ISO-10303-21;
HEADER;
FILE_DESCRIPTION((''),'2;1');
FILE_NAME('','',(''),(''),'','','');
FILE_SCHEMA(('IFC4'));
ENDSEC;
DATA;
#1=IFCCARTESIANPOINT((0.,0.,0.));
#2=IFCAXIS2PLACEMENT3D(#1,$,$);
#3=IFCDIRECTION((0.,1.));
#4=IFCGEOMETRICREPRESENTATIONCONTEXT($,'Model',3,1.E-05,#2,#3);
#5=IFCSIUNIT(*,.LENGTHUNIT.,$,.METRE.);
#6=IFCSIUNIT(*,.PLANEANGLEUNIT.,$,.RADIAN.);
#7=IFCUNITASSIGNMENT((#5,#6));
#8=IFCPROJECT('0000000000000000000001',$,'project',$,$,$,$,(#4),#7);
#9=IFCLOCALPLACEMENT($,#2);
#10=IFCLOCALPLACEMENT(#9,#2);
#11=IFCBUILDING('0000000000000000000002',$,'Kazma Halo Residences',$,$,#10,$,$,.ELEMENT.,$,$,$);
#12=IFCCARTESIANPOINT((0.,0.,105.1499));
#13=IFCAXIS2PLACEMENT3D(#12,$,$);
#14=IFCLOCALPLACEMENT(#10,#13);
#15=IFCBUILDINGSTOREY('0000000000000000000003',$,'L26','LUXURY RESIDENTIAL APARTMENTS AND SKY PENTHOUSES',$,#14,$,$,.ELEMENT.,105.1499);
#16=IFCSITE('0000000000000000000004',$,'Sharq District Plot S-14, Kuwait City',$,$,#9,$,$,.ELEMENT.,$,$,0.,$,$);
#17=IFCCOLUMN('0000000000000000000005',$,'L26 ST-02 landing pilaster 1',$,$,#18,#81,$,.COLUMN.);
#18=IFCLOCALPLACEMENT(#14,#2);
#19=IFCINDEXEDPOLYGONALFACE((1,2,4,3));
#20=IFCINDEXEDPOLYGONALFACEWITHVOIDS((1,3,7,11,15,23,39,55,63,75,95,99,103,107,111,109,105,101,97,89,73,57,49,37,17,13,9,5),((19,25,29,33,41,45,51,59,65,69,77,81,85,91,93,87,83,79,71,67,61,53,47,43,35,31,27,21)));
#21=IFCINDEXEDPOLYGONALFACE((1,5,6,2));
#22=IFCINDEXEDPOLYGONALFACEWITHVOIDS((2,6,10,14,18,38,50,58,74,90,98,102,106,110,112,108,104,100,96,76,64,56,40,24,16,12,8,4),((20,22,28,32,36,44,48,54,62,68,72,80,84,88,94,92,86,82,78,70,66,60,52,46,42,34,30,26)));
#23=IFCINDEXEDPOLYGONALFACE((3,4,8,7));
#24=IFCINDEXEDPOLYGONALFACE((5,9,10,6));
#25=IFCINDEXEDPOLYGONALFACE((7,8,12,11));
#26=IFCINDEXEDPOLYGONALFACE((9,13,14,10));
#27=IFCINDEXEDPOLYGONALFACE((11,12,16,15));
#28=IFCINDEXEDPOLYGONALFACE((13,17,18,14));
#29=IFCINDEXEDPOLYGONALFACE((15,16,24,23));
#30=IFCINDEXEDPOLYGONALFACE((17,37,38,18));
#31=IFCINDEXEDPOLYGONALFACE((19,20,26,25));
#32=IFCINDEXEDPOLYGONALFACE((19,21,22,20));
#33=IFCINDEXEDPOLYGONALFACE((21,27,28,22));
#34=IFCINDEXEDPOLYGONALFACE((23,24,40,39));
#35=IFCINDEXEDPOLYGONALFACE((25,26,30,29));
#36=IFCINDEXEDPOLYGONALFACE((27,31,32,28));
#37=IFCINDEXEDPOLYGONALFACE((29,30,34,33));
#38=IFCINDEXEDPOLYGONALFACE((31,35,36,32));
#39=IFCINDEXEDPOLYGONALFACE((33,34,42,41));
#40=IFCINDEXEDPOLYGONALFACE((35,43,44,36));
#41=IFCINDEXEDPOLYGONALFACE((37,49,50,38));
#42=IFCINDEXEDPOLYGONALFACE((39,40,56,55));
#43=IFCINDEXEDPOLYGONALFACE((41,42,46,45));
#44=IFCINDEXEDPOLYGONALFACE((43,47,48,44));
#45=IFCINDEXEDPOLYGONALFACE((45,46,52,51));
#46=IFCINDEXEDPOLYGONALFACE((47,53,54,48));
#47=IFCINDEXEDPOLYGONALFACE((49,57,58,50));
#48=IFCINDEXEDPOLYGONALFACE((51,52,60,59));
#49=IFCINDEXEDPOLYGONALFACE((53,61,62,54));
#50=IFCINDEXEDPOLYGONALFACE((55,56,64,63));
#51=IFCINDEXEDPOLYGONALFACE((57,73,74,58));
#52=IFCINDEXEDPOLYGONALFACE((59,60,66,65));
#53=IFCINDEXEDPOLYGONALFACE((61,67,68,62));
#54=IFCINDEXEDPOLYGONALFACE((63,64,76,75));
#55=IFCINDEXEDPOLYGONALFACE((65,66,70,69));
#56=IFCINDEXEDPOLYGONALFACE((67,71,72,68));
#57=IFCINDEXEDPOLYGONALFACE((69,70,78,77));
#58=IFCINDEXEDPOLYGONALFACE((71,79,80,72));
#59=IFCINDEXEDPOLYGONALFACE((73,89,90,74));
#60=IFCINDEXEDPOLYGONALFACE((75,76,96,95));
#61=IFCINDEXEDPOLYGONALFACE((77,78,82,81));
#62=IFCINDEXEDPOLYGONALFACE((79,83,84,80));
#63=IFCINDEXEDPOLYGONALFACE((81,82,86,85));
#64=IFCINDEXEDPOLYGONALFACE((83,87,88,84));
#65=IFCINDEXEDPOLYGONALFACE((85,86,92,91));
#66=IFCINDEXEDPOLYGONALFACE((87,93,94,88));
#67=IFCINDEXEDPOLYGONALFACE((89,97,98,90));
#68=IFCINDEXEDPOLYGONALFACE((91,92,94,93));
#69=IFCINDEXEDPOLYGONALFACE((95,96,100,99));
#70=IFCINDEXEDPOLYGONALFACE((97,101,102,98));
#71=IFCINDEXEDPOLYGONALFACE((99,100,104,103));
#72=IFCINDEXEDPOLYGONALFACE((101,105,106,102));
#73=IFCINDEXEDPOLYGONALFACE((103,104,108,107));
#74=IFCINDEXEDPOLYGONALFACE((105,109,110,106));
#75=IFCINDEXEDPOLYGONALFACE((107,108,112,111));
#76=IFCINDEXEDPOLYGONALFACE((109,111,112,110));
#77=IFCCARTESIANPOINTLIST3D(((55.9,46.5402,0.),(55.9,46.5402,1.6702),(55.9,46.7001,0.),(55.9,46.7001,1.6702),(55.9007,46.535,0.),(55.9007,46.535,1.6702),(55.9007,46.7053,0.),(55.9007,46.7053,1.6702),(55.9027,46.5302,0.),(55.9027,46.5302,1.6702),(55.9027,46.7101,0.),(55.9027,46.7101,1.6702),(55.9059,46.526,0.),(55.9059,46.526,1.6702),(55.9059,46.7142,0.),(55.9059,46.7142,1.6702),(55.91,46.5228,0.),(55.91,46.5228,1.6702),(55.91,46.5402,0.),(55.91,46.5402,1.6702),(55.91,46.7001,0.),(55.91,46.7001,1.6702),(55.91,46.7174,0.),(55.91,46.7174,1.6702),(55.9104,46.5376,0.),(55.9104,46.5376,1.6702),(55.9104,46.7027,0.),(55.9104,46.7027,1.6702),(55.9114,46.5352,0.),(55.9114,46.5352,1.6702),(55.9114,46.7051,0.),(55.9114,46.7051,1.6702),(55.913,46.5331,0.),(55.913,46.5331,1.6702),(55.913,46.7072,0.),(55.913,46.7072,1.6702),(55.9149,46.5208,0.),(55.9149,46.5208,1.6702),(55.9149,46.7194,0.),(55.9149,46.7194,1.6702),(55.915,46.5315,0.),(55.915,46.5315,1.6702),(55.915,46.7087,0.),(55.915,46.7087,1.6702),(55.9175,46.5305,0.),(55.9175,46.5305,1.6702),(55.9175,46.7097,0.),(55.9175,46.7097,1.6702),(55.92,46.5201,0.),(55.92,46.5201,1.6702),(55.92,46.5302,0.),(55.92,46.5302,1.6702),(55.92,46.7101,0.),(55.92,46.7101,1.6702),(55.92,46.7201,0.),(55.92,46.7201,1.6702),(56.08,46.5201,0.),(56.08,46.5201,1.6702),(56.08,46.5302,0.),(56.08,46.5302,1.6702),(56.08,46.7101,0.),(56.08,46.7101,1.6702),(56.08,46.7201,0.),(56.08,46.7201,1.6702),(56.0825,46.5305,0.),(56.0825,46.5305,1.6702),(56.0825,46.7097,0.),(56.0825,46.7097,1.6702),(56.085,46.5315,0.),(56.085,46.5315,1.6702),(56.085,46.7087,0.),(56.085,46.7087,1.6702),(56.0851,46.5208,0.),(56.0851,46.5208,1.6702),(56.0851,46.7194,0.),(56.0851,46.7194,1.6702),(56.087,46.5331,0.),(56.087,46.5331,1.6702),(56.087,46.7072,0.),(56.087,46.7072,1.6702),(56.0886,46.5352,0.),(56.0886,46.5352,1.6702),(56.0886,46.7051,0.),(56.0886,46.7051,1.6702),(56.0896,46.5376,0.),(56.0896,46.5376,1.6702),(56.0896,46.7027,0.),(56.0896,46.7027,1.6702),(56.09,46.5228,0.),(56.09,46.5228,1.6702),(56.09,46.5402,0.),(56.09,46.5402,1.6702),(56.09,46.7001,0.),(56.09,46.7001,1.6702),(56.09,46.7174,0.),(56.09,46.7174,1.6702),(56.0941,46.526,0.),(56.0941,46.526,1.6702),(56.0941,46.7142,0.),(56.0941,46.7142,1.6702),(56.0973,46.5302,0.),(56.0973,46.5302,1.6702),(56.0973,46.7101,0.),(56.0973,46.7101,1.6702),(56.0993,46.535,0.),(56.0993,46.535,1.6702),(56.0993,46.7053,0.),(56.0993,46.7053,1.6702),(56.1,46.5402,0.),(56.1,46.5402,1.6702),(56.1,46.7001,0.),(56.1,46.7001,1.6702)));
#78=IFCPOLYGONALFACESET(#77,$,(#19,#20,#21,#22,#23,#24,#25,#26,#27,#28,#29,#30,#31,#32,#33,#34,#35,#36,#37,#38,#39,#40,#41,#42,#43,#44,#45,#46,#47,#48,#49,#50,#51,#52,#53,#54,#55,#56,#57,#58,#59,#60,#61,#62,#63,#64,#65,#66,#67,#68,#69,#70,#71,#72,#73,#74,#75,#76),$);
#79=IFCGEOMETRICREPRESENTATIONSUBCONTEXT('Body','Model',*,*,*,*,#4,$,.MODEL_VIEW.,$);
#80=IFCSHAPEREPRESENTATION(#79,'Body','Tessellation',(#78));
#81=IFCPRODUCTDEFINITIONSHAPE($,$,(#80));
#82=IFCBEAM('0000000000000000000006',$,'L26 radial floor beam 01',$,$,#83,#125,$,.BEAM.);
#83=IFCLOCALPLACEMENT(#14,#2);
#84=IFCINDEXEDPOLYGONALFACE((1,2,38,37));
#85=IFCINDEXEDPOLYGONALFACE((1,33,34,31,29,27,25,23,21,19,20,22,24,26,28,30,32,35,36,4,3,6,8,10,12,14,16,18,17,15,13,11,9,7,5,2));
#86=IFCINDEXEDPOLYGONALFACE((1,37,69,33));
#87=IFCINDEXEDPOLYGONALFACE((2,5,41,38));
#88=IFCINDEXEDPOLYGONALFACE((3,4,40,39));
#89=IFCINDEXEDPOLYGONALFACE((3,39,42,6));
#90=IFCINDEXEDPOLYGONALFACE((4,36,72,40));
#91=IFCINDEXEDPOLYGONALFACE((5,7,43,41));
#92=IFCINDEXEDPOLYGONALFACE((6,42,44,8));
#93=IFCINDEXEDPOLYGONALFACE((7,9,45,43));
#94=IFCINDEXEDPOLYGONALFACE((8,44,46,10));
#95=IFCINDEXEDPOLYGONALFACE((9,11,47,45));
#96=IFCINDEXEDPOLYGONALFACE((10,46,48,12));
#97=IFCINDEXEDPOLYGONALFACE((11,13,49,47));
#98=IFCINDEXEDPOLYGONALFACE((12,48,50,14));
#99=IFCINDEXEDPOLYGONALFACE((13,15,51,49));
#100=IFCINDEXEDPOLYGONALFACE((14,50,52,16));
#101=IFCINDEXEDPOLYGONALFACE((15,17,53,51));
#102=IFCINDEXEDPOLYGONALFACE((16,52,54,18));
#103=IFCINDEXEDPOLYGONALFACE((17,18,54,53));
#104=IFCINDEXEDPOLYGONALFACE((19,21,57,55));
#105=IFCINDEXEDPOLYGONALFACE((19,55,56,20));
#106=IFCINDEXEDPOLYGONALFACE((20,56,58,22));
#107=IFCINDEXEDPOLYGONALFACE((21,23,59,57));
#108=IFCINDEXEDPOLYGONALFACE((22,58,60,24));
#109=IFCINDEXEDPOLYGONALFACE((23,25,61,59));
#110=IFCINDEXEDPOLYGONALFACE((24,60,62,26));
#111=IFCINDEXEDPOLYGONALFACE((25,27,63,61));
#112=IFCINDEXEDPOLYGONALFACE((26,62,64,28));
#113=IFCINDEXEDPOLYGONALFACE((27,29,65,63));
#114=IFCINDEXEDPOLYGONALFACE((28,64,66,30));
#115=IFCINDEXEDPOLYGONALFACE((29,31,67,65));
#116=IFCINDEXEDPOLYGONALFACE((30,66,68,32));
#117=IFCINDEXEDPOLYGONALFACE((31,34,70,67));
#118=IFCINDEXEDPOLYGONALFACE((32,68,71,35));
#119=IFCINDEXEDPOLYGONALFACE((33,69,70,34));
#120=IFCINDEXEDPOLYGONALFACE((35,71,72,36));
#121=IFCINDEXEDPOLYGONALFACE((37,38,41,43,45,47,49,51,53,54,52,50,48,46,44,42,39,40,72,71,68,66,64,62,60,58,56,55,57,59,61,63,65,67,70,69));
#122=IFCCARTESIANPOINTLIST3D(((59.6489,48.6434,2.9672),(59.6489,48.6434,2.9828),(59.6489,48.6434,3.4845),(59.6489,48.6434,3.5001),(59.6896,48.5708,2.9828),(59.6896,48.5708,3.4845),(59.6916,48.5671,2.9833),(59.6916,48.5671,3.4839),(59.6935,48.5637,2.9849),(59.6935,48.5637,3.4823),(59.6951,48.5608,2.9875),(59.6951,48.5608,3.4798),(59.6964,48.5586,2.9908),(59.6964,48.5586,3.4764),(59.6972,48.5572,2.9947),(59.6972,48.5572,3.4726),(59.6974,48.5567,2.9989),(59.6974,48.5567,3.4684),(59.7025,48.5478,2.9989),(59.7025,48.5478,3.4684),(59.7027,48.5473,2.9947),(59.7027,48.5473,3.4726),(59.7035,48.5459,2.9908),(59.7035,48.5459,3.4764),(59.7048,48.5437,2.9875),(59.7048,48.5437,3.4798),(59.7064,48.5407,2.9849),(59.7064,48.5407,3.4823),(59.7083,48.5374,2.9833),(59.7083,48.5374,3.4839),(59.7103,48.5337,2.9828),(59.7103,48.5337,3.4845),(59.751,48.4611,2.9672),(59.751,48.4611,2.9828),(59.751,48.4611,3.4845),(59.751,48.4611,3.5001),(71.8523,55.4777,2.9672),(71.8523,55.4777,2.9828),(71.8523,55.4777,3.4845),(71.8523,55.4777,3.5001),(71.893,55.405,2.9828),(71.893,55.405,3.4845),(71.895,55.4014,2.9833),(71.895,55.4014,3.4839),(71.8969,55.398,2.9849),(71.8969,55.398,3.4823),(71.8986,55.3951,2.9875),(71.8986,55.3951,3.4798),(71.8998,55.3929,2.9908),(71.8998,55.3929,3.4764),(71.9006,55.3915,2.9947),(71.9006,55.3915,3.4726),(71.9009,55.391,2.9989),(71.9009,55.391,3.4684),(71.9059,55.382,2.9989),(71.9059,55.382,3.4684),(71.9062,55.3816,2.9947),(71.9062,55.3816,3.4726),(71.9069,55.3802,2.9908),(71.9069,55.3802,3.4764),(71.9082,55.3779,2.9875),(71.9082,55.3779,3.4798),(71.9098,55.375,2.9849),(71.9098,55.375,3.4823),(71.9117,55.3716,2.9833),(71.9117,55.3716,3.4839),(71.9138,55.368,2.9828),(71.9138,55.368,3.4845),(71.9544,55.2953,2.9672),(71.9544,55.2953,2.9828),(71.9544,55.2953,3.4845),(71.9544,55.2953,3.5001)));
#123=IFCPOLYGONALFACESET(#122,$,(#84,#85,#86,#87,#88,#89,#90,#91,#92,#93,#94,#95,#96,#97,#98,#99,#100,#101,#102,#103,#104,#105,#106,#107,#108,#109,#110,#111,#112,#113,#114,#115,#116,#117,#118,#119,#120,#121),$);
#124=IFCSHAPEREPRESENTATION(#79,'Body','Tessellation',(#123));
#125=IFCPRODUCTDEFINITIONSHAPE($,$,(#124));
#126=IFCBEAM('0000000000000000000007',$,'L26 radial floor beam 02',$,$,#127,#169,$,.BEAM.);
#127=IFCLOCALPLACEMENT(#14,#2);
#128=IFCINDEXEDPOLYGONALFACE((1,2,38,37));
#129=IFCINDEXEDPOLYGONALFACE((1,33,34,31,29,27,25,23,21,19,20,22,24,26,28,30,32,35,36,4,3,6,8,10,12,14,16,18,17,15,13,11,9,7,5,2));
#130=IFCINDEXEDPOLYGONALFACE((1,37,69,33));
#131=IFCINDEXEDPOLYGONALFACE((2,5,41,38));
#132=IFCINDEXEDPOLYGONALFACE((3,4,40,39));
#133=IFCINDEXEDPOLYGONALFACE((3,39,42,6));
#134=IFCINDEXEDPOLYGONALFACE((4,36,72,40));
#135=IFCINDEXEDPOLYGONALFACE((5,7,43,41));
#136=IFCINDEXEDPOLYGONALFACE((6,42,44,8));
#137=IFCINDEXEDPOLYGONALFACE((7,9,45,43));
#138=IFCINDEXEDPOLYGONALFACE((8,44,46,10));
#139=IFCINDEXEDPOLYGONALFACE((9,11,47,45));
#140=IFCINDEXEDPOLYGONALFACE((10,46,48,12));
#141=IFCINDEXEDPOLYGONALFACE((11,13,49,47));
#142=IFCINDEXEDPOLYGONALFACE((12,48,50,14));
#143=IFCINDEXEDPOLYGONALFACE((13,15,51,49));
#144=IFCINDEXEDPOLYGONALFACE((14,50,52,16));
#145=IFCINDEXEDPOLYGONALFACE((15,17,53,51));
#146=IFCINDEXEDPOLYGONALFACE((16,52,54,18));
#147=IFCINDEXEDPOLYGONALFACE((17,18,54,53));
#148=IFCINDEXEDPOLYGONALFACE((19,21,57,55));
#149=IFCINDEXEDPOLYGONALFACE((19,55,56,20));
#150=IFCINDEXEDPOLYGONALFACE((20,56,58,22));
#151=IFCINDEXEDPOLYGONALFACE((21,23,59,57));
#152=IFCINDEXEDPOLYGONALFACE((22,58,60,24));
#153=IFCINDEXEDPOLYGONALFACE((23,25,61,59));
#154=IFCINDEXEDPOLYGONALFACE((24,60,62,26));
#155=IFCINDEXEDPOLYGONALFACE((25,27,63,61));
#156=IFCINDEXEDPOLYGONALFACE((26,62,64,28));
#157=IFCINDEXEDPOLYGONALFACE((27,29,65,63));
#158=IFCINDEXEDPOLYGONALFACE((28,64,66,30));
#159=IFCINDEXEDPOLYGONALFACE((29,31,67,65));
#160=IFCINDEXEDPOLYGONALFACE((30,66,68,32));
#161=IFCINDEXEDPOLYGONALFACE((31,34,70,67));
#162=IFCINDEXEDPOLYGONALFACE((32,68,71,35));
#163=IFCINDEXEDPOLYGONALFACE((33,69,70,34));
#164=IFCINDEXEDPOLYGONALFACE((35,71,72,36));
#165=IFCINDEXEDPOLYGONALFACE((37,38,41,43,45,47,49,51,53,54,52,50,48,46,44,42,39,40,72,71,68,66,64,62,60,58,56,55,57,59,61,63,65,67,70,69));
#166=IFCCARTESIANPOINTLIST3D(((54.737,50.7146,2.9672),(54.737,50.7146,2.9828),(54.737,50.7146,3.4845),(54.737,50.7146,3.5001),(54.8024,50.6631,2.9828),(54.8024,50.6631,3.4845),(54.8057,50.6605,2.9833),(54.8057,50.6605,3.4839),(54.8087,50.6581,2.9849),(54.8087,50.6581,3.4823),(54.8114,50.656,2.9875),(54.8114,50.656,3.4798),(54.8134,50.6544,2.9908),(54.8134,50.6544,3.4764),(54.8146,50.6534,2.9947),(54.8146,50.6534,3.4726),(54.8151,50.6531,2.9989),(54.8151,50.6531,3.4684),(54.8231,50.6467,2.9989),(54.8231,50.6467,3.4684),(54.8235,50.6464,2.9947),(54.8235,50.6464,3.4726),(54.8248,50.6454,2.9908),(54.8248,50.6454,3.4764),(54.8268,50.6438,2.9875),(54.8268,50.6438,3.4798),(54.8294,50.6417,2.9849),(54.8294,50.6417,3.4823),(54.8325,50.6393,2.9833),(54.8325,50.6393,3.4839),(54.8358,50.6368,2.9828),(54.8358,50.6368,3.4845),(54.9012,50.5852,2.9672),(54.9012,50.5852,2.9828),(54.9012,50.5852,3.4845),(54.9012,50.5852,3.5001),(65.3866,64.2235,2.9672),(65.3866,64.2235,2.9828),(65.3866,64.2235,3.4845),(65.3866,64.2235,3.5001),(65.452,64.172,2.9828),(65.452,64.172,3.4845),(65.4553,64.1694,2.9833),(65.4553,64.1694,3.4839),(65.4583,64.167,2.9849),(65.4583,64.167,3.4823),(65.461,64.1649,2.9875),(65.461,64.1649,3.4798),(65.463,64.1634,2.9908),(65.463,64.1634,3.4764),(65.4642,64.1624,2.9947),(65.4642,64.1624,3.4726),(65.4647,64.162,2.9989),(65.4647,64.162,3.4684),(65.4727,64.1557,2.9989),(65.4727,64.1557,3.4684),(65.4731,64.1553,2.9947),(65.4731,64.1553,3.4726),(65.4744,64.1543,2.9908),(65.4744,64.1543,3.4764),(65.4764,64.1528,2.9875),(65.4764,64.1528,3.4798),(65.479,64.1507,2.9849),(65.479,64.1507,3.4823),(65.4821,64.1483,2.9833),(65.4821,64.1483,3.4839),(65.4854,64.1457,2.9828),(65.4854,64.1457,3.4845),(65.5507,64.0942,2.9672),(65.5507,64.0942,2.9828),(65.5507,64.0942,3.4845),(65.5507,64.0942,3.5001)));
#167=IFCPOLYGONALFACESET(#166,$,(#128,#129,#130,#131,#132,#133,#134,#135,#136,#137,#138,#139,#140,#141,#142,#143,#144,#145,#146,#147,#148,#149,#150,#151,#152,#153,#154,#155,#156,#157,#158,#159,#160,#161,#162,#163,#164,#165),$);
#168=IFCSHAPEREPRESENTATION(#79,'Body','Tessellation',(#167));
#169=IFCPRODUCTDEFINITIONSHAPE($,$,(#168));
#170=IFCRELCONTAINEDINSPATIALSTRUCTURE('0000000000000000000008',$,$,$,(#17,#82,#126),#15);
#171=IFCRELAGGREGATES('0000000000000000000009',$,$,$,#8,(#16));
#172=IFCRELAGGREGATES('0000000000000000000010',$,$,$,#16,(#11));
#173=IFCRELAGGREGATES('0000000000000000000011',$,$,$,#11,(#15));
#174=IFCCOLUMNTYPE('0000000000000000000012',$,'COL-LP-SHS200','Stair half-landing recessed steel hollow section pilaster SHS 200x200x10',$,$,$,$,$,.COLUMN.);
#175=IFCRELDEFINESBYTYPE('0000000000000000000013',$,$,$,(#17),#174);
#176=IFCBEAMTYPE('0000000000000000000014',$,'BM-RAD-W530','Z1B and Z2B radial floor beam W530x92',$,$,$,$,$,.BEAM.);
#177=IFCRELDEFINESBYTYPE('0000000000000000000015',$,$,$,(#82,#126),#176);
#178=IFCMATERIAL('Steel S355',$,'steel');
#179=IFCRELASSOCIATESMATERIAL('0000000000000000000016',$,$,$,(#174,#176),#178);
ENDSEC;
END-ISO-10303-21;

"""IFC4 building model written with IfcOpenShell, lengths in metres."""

from ifc_helpers import new_model, si_unit, direction, frame, origin, origin_2d, place, context, subcontext, project, spatial, hollow_rectangle, i_section, extrude, material, material_profile, profile_set, type_object, element, save


model = new_model("IFC4")

# Units and contexts
model_context = context("Model", 3, precision=1e-05, world=origin(), true_north=direction((0.0, 1.0)))
body_context = subcontext(model_context, "Body", "Model", "MODEL_VIEW")
ifc_project = project(units=[si_unit("LENGTHUNIT", "METRE"), si_unit("PLANEANGLEUNIT", "RADIAN")], contexts=[model_context])

# Site, building, storey
site_placement = place(None, origin())
site = spatial("IfcSite", under=ifc_project, at=site_placement, Name="Sharq District Plot S-14, Kuwait City", CompositionType="ELEMENT", RefElevation=0.0)
building_placement = place(site_placement, origin())
building = spatial("IfcBuilding", under=site, at=building_placement, Name="Kazma Halo Residences", CompositionType="ELEMENT")
storey_placement = place(building_placement, frame((0.0, 0.0, 105.1499)))
storey = spatial("IfcBuildingStorey", under=building, at=storey_placement, Name="L26", Description="LUXURY RESIDENTIAL APARTMENTS AND SKY PENTHOUSES", CompositionType="ELEMENT", Elevation=105.1499)

# Column
ifc_material_1 = material(Name="Steel S355", Category="steel")
ifc_material_profile_1 = material_profile(ifc_material_1, hollow_rectangle(XDim=0.2, YDim=0.2, WallThickness=0.01, InnerFilletRadius=0.01, OuterFilletRadius=0.02, at=origin_2d()), Name="SHS200x200x10")
ifc_profile_set_1 = profile_set([ifc_material_profile_1], Name="Steel S355")
column_type = type_object("IfcColumnType", Name="COL-LP-SHS200", Description="Stair half-landing recessed steel hollow section pilaster SHS 200x200x10", PredefinedType="COLUMN", material=ifc_profile_set_1)
column_placement = place(storey_placement, frame((56.0, 46.6201, 0.0), z_axis=(0.0, 0.0, 1.0), x_axis=(1.0, 0.0, 0.0)))
element("IfcColumn", 1, at=column_placement, inside=storey, type_object=column_type, Name="L26 ST-02 landing pilaster 1", PredefinedType="COLUMN", context=body_context, shape_type="SweptSolid", body=[
    extrude(hollow_rectangle(XDim=0.2, YDim=0.2, WallThickness=0.01, InnerFilletRadius=0.01, OuterFilletRadius=0.02, at=origin_2d()), origin(), (0.0, 0.0, 1.0), 1.6702),
])

# Beams
ifc_material_profile_2 = material_profile(ifc_material_1, i_section(OverallWidth=0.209, OverallDepth=0.533, WebThickness=0.0103, FlangeThickness=0.0156, FilletRadius=0.0161, at=origin_2d()), Name="W530x92")
ifc_profile_set_2 = profile_set([ifc_material_profile_2], Name="Steel S355")
beam_type_1 = type_object("IfcBeamType", Name="BM-RAD-W530", Description="Z1B and Z2B radial floor beam W530x92", PredefinedType="BEAM", material=ifc_profile_set_2)
beam_1_placement = place(storey_placement, frame((59.7, 48.5522, 3.2336), z_axis=(0.872496, 0.488622, 0.0), x_axis=(-0.488622, 0.872496, 0.0)))
element("IfcBeam", 2, at=beam_1_placement, inside=storey, type_object=beam_type_1, Name="L26 radial floor beam 01", PredefinedType="BEAM", context=body_context, shape_type="SweptSolid", body=[
    extrude(i_section(OverallWidth=0.209, OverallDepth=0.533, WebThickness=0.0103, FlangeThickness=0.0156, FilletRadius=0.0161, at=origin_2d()), origin(), (0.0, 0.0, 1.0), 13.9868),
])
beam_2_placement = place(storey_placement, frame((54.8191, 50.6499, 3.2336), z_axis=(0.619094, 0.785317, 0.0), x_axis=(-0.785317, 0.619094, 0.0)))
element("IfcBeam", 3, at=beam_2_placement, inside=storey, type_object=beam_type_1, Name="L26 radial floor beam 02", PredefinedType="BEAM", context=body_context, shape_type="SweptSolid", body=[
    extrude(i_section(OverallWidth=0.209, OverallDepth=0.533, WebThickness=0.0103, FlangeThickness=0.0156, FilletRadius=0.0161, at=origin_2d()), origin(), (0.0, 0.0, 1.0), 17.2019),
])

save(model, "model.ifc")
